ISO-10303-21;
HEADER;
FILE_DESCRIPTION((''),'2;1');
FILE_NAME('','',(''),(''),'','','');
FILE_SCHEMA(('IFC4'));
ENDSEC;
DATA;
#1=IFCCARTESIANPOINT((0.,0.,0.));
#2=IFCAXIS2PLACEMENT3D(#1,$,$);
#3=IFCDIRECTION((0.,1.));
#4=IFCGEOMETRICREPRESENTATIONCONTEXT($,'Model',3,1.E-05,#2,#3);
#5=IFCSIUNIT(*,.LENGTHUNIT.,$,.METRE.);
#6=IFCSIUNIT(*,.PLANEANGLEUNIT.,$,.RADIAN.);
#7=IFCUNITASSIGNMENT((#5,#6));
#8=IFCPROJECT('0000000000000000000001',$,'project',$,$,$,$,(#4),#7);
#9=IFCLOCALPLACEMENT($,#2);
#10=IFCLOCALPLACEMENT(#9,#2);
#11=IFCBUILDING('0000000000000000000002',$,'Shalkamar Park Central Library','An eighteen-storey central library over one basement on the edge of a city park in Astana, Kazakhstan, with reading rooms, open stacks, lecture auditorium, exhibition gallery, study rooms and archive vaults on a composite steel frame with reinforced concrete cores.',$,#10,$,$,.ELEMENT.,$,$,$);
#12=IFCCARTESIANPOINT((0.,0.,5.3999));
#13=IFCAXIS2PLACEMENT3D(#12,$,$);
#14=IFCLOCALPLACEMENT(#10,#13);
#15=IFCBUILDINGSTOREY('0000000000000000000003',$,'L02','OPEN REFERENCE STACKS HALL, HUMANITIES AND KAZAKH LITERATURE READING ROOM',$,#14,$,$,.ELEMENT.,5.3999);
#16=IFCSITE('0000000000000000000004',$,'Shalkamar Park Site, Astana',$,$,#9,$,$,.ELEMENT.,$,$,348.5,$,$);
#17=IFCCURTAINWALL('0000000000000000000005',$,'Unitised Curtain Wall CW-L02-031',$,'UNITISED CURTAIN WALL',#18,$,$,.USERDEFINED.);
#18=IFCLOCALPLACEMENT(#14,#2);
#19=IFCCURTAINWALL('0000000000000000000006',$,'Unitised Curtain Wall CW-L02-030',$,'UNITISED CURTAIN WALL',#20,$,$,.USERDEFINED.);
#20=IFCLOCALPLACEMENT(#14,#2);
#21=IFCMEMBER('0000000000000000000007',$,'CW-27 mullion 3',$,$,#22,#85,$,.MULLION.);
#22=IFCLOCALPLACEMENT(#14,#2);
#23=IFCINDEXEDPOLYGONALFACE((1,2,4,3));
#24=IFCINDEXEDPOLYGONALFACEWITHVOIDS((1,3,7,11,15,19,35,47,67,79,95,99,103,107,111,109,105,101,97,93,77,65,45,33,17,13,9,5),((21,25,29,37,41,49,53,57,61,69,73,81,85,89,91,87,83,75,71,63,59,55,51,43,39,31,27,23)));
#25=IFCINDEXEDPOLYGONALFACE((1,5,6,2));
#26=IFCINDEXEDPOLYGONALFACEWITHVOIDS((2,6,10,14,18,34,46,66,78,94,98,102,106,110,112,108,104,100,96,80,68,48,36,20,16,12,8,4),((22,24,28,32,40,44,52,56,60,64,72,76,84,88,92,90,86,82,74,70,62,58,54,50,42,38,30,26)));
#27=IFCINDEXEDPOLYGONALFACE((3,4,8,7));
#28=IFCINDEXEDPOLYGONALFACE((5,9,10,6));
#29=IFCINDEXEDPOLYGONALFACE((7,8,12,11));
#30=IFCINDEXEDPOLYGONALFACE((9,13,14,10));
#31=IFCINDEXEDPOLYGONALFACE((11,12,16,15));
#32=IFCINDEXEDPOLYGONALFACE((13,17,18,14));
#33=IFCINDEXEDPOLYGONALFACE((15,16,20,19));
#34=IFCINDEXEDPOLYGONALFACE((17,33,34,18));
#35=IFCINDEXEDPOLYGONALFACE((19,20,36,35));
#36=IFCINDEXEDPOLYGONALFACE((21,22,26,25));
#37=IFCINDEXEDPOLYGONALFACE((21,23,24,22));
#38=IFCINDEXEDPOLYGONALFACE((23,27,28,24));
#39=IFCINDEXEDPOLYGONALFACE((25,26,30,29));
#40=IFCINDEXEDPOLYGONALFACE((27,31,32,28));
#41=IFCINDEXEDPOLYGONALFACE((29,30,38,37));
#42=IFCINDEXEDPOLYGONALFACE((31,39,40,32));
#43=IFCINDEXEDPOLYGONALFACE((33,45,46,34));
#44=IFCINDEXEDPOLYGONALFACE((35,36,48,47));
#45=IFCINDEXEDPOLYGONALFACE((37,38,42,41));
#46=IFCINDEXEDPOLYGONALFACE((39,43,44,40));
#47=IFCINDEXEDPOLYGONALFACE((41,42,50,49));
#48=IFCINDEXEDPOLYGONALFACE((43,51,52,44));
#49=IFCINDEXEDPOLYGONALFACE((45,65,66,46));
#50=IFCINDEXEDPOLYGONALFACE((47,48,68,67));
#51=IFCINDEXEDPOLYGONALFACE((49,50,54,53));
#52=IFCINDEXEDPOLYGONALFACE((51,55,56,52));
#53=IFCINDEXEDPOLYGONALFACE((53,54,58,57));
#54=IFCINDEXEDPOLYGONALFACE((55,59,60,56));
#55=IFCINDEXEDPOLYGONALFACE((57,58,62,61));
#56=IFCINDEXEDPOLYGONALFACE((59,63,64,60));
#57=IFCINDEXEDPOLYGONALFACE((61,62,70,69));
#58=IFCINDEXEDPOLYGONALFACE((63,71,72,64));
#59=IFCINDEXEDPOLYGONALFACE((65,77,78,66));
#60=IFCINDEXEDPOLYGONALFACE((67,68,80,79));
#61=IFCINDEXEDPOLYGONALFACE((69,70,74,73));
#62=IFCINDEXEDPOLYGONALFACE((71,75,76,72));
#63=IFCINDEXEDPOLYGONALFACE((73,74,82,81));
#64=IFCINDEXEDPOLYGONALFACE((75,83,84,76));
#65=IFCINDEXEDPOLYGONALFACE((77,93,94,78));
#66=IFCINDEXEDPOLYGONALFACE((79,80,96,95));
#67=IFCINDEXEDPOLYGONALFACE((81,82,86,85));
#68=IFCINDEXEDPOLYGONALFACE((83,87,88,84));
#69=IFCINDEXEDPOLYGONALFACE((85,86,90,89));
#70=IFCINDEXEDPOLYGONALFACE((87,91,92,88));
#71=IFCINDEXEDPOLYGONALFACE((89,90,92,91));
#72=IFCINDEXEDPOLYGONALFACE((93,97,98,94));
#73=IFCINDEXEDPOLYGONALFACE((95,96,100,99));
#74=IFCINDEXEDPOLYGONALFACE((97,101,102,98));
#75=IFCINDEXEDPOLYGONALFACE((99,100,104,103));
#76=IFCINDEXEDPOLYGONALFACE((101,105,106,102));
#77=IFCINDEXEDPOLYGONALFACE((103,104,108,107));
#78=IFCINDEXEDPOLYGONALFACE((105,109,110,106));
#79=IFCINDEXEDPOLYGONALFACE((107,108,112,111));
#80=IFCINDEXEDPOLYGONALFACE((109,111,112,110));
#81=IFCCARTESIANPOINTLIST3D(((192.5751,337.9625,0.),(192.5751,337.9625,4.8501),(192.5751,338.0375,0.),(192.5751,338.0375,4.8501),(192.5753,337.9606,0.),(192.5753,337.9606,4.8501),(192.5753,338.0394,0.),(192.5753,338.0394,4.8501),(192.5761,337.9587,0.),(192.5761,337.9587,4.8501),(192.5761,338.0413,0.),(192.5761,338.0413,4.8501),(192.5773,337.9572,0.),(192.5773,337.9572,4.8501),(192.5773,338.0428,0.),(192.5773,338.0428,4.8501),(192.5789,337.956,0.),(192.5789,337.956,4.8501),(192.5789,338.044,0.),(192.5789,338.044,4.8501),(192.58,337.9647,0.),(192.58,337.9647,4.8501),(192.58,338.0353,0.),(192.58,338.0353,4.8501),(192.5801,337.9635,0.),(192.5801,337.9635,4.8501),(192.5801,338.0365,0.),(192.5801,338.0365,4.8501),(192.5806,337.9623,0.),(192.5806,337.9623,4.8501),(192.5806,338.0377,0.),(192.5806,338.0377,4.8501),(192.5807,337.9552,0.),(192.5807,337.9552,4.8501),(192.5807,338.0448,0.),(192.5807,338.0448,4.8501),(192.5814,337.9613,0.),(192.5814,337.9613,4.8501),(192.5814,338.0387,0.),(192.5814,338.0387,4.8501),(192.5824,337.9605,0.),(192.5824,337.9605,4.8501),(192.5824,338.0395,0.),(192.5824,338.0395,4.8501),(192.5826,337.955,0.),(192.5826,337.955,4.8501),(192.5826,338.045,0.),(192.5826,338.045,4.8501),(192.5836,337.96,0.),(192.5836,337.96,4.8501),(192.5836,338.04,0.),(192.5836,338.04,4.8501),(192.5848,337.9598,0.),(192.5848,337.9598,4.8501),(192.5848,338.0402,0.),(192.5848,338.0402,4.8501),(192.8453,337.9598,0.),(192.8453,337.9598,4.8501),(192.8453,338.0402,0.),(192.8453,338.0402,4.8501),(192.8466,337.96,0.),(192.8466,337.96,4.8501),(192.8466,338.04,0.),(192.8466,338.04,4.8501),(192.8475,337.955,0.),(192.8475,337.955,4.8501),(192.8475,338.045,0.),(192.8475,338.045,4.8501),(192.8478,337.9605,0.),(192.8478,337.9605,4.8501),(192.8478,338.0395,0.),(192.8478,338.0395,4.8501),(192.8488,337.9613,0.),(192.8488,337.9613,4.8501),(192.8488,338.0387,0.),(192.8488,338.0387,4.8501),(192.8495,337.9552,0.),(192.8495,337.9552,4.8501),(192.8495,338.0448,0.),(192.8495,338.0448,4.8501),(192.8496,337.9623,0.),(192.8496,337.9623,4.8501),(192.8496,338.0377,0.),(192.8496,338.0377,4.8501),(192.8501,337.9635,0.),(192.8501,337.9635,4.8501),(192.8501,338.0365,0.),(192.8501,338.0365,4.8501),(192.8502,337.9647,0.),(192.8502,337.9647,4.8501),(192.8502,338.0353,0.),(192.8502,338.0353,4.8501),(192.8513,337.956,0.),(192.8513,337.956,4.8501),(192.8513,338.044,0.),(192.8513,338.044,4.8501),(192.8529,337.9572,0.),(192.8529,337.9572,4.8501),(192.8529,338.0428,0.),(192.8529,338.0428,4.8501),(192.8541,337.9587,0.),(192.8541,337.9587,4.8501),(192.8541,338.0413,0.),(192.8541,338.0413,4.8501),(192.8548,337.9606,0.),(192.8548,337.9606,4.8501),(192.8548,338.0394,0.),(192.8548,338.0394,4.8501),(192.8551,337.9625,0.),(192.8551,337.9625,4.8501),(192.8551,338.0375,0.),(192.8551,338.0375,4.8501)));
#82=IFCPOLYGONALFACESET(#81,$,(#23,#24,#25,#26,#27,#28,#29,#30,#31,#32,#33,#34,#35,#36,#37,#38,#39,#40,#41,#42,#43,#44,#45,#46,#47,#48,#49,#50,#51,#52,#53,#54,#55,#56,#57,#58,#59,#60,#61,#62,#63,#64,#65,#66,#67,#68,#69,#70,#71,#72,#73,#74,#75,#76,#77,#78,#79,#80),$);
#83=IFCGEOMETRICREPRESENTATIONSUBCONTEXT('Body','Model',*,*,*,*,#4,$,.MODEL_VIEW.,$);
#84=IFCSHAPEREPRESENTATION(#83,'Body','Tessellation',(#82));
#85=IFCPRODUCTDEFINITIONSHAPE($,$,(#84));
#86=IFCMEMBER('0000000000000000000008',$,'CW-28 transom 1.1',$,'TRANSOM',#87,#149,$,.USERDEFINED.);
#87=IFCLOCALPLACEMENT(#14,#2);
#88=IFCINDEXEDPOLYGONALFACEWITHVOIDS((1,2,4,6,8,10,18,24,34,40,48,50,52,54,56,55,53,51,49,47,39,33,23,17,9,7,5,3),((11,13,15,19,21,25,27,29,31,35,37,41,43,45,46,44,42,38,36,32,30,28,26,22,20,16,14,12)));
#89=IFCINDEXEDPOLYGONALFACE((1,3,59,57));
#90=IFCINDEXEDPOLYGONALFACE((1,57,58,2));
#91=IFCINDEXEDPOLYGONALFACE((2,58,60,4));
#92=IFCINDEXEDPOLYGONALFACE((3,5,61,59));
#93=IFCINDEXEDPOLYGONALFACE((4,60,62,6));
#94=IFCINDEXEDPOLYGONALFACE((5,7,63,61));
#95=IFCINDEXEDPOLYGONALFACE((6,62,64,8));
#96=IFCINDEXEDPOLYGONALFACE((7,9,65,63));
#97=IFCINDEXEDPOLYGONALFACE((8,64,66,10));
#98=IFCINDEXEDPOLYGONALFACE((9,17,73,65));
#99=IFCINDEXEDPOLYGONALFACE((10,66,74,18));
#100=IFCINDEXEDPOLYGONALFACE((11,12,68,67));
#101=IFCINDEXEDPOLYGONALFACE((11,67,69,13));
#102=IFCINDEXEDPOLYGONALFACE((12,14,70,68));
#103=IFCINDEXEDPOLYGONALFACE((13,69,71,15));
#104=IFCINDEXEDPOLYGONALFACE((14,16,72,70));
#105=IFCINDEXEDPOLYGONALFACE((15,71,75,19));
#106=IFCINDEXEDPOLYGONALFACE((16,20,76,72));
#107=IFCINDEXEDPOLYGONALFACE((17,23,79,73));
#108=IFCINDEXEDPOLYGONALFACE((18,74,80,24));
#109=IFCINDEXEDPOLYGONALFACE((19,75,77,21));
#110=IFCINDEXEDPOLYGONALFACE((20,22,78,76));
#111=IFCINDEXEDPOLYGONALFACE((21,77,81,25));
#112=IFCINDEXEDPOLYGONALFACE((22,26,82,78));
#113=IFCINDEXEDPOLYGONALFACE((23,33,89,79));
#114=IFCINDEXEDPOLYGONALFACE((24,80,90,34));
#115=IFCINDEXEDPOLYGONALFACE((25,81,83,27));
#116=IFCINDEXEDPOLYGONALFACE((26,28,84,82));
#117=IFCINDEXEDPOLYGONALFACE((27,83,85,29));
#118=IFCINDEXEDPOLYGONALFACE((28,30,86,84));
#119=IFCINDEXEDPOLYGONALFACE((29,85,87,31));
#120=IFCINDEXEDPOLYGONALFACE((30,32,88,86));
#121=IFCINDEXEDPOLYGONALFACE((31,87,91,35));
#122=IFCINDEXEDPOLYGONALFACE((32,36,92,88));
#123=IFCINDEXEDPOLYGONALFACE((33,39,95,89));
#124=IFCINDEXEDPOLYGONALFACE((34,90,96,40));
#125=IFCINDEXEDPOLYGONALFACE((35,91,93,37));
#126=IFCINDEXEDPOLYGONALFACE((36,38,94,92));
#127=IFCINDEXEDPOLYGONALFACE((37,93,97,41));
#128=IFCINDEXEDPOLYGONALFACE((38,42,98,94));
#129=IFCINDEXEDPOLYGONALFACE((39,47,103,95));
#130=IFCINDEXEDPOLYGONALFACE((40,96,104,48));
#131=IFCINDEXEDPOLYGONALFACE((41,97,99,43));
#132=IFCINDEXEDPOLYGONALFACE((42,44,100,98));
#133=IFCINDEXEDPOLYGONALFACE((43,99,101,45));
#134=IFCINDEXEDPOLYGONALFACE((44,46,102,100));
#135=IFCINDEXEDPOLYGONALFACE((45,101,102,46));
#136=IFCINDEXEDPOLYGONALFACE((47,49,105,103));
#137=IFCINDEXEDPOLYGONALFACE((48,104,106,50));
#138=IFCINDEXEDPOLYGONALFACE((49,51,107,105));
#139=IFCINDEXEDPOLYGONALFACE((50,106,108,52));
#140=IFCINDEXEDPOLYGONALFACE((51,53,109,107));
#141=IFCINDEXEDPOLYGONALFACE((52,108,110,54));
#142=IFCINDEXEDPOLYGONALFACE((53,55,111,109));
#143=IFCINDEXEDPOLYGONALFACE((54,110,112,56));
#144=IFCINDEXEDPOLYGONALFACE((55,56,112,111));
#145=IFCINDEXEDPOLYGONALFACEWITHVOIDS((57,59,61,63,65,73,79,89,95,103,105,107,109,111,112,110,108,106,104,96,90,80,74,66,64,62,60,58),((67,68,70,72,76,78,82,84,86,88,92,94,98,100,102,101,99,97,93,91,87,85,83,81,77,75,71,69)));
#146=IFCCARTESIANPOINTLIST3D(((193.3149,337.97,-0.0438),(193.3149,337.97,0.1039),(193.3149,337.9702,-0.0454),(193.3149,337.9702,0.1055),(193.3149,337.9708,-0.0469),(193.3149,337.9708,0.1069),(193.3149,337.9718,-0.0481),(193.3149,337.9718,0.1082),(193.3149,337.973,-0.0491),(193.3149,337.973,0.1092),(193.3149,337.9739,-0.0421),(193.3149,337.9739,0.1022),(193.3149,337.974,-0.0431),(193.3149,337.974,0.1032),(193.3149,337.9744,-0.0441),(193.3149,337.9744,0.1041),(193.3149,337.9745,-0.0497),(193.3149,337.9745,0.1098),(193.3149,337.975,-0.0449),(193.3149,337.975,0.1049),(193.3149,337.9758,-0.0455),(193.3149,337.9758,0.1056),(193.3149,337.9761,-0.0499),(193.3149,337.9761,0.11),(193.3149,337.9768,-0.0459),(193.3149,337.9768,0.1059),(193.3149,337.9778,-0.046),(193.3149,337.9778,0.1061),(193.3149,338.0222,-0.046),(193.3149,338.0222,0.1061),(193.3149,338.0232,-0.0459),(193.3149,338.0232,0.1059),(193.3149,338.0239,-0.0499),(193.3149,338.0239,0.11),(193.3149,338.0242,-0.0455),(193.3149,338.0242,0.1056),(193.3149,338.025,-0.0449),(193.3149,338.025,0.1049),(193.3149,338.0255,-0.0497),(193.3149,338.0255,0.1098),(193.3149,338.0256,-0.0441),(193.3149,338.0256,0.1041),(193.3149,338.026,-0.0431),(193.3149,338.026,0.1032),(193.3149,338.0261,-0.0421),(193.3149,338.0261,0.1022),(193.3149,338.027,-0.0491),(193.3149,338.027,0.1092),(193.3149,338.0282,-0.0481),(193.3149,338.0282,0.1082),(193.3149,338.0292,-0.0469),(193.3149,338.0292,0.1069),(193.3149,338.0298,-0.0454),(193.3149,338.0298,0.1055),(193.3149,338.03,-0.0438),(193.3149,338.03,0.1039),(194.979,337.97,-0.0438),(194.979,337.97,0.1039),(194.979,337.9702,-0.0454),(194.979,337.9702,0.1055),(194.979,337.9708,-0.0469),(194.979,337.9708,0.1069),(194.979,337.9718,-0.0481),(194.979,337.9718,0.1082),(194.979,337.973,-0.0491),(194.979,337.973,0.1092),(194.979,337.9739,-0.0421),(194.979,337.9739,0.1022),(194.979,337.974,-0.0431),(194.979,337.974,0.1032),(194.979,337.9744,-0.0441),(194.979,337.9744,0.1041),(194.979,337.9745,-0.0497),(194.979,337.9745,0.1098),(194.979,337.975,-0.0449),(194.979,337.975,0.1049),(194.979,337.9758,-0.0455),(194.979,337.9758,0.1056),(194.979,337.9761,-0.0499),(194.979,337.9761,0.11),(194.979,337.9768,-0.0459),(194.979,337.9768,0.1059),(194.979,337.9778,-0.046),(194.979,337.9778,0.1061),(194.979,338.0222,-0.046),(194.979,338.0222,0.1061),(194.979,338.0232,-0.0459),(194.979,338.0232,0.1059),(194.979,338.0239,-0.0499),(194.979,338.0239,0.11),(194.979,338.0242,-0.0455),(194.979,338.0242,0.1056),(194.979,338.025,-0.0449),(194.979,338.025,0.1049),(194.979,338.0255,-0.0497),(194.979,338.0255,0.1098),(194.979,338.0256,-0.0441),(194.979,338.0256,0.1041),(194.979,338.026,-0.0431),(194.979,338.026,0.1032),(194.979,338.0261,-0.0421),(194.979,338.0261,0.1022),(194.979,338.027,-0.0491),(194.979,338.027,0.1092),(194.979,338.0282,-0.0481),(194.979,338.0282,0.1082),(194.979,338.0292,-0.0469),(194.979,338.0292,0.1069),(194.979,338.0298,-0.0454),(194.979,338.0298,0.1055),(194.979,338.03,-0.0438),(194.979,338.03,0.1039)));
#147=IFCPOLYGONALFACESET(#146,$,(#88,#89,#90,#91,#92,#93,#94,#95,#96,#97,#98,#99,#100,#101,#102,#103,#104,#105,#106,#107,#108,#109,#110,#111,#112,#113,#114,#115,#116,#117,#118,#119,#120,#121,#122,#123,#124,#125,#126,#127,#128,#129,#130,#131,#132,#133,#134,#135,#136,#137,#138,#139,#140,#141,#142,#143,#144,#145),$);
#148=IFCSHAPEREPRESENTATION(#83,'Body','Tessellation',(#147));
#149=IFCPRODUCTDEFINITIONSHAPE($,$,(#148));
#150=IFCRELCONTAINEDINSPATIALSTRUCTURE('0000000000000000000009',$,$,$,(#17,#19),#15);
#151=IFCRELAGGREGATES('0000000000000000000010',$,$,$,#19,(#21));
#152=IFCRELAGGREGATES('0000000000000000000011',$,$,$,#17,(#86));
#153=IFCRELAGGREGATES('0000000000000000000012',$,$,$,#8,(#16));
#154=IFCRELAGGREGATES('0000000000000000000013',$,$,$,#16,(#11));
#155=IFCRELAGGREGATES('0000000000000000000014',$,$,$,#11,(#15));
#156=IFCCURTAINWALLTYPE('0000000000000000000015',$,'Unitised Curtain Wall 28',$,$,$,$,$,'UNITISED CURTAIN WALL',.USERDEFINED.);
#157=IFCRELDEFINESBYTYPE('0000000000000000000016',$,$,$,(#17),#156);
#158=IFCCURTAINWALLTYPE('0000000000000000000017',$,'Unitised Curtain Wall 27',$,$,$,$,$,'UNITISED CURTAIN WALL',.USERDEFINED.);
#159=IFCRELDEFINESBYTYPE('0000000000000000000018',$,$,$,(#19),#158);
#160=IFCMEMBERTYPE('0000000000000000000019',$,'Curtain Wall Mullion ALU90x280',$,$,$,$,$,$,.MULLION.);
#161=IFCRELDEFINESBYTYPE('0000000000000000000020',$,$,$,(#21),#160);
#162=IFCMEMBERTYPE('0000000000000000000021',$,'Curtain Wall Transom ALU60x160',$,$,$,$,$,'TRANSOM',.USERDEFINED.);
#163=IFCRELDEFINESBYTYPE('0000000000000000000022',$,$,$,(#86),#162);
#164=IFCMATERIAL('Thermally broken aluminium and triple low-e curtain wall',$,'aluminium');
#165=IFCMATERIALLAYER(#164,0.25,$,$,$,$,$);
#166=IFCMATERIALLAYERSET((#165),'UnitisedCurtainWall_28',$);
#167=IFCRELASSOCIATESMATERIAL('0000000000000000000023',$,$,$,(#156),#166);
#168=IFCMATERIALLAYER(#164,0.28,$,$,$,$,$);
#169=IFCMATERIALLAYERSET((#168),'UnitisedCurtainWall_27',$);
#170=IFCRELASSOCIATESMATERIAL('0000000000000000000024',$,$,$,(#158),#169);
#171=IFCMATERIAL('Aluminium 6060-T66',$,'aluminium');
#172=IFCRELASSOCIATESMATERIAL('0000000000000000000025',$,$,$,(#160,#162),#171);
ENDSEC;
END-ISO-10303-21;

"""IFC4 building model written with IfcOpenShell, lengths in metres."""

from ifc_helpers import new_model, si_unit, direction, frame, origin, origin_2d, place, context, subcontext, project, spatial, hollow_rectangle, extrude, material, layer, layer_set, material_profile, profile_set, type_object, element, aggregate, save


model = new_model("IFC4")

# Units and contexts
model_context = context("Model", 3, precision=1e-05, world=origin(), true_north=direction((0.0, 1.0)))
body_context = subcontext(model_context, "Body", "Model", "MODEL_VIEW")
ifc_project = project(units=[si_unit("LENGTHUNIT", "METRE"), si_unit("PLANEANGLEUNIT", "RADIAN")], contexts=[model_context])

# Site, building, storey
site_placement = place(None, origin())
site = spatial("IfcSite", under=ifc_project, at=site_placement, Name="Shalkamar Park Site, Astana", CompositionType="ELEMENT", RefElevation=348.5)
building_placement = place(site_placement, origin())
building = spatial("IfcBuilding", under=site, at=building_placement, Name="Shalkamar Park Central Library", Description="An eighteen-storey central library over one basement on the edge of a city park in Astana, Kazakhstan, with reading rooms, open stacks, lecture auditorium, exhibition gallery, study rooms and archive vaults on a composite steel frame with reinforced concrete cores.", CompositionType="ELEMENT")
storey_placement = place(building_placement, frame((0.0, 0.0, 5.3999)))
storey = spatial("IfcBuildingStorey", under=building, at=storey_placement, Name="L02", Description="OPEN REFERENCE STACKS HALL, HUMANITIES AND KAZAKH LITERATURE READING ROOM", CompositionType="ELEMENT", Elevation=5.3999)

# Curtain walls, member
ifc_material_1 = material(Name="Thermally broken aluminium and triple low-e curtain wall", Category="aluminium")
ifc_layer_1 = layer(ifc_material_1, 0.25)
ifc_layer_set_1 = layer_set([ifc_layer_1], Name="UnitisedCurtainWall_28")
curtain_wall_type_1 = type_object("IfcCurtainWallType", Name="Unitised Curtain Wall 28", ElementType="UNITISED CURTAIN WALL", PredefinedType="USERDEFINED", material=ifc_layer_set_1)
curtain_wall_1_placement = place(storey_placement, origin())
curtain_wall_1 = element("IfcCurtainWall", 1, at=curtain_wall_1_placement, inside=storey, type_object=curtain_wall_type_1, Name="Unitised Curtain Wall CW-L02-031", ObjectType="UNITISED CURTAIN WALL", PredefinedType="USERDEFINED")
ifc_material_2 = material(Name="Aluminium 6060-T66", Category="aluminium")
ifc_layer_2 = layer(ifc_material_1, 0.28)
ifc_layer_set_2 = layer_set([ifc_layer_2], Name="UnitisedCurtainWall_27")
curtain_wall_type_2 = type_object("IfcCurtainWallType", Name="Unitised Curtain Wall 27", ElementType="UNITISED CURTAIN WALL", PredefinedType="USERDEFINED", material=ifc_layer_set_2)
curtain_wall_2_placement = place(storey_placement, origin())
curtain_wall_2 = element("IfcCurtainWall", 2, at=curtain_wall_2_placement, inside=storey, type_object=curtain_wall_type_2, Name="Unitised Curtain Wall CW-L02-030", ObjectType="UNITISED CURTAIN WALL", PredefinedType="USERDEFINED")
ifc_material_profile_1 = material_profile(ifc_material_2, hollow_rectangle(XDim=0.0901, YDim=0.28, WallThickness=0.0049, InnerFilletRadius=0.0049, OuterFilletRadius=0.0076, at=origin_2d()), Name="ALU 90x280x5")
ifc_profile_set_1 = profile_set([ifc_material_profile_1], Name="Aluminium 6060-T66")
member_type_1 = type_object("IfcMemberType", Name="Curtain Wall Mullion ALU90x280", PredefinedType="MULLION", material=ifc_profile_set_1)
member_1_placement = place(storey_placement, frame((192.7151, 338.0, 0.0), z_axis=(0.0, 0.0, 1.0), x_axis=(0.0, 1.0, 0.0)))
member_1 = element("IfcMember", 3, at=member_1_placement, type_object=member_type_1, Name="CW-27 mullion 3", PredefinedType="MULLION", context=body_context, shape_type="SweptSolid", body=[
    extrude(hollow_rectangle(XDim=0.0901, YDim=0.28, WallThickness=0.0049, InnerFilletRadius=0.0049, OuterFilletRadius=0.0076, at=origin_2d()), origin(), (0.0, 0.0, 1.0), 4.8501),
])

# Member
ifc_material_profile_2 = material_profile(ifc_material_2, hollow_rectangle(XDim=0.0601, YDim=0.1599, WallThickness=0.0039, InnerFilletRadius=0.0039, OuterFilletRadius=0.0061, at=origin_2d()), Name="ALU 60x160x4")
ifc_profile_set_2 = profile_set([ifc_material_profile_2], Name="Aluminium 6060-T66")
member_type_2 = type_object("IfcMemberType", Name="Curtain Wall Transom ALU60x160", ElementType="TRANSOM", PredefinedType="USERDEFINED", material=ifc_profile_set_2)
member_2_placement = place(storey_placement, frame((193.3149, 338.0, 0.03), z_axis=(1.0, 0.0, 0.0), x_axis=(0.0, 1.0, 0.0)))
member_2 = element("IfcMember", 4, at=member_2_placement, type_object=member_type_2, Name="CW-28 transom 1.1", ObjectType="TRANSOM", PredefinedType="USERDEFINED", context=body_context, shape_type="SweptSolid", body=[
    extrude(hollow_rectangle(XDim=0.0601, YDim=0.1599, WallThickness=0.0039, InnerFilletRadius=0.0039, OuterFilletRadius=0.0061, at=origin_2d()), origin(), (0.0, 0.0, 1.0), 1.6641),
])

aggregate(curtain_wall_2, [member_1])
aggregate(curtain_wall_1, [member_2])

save(model, "model.ifc")
